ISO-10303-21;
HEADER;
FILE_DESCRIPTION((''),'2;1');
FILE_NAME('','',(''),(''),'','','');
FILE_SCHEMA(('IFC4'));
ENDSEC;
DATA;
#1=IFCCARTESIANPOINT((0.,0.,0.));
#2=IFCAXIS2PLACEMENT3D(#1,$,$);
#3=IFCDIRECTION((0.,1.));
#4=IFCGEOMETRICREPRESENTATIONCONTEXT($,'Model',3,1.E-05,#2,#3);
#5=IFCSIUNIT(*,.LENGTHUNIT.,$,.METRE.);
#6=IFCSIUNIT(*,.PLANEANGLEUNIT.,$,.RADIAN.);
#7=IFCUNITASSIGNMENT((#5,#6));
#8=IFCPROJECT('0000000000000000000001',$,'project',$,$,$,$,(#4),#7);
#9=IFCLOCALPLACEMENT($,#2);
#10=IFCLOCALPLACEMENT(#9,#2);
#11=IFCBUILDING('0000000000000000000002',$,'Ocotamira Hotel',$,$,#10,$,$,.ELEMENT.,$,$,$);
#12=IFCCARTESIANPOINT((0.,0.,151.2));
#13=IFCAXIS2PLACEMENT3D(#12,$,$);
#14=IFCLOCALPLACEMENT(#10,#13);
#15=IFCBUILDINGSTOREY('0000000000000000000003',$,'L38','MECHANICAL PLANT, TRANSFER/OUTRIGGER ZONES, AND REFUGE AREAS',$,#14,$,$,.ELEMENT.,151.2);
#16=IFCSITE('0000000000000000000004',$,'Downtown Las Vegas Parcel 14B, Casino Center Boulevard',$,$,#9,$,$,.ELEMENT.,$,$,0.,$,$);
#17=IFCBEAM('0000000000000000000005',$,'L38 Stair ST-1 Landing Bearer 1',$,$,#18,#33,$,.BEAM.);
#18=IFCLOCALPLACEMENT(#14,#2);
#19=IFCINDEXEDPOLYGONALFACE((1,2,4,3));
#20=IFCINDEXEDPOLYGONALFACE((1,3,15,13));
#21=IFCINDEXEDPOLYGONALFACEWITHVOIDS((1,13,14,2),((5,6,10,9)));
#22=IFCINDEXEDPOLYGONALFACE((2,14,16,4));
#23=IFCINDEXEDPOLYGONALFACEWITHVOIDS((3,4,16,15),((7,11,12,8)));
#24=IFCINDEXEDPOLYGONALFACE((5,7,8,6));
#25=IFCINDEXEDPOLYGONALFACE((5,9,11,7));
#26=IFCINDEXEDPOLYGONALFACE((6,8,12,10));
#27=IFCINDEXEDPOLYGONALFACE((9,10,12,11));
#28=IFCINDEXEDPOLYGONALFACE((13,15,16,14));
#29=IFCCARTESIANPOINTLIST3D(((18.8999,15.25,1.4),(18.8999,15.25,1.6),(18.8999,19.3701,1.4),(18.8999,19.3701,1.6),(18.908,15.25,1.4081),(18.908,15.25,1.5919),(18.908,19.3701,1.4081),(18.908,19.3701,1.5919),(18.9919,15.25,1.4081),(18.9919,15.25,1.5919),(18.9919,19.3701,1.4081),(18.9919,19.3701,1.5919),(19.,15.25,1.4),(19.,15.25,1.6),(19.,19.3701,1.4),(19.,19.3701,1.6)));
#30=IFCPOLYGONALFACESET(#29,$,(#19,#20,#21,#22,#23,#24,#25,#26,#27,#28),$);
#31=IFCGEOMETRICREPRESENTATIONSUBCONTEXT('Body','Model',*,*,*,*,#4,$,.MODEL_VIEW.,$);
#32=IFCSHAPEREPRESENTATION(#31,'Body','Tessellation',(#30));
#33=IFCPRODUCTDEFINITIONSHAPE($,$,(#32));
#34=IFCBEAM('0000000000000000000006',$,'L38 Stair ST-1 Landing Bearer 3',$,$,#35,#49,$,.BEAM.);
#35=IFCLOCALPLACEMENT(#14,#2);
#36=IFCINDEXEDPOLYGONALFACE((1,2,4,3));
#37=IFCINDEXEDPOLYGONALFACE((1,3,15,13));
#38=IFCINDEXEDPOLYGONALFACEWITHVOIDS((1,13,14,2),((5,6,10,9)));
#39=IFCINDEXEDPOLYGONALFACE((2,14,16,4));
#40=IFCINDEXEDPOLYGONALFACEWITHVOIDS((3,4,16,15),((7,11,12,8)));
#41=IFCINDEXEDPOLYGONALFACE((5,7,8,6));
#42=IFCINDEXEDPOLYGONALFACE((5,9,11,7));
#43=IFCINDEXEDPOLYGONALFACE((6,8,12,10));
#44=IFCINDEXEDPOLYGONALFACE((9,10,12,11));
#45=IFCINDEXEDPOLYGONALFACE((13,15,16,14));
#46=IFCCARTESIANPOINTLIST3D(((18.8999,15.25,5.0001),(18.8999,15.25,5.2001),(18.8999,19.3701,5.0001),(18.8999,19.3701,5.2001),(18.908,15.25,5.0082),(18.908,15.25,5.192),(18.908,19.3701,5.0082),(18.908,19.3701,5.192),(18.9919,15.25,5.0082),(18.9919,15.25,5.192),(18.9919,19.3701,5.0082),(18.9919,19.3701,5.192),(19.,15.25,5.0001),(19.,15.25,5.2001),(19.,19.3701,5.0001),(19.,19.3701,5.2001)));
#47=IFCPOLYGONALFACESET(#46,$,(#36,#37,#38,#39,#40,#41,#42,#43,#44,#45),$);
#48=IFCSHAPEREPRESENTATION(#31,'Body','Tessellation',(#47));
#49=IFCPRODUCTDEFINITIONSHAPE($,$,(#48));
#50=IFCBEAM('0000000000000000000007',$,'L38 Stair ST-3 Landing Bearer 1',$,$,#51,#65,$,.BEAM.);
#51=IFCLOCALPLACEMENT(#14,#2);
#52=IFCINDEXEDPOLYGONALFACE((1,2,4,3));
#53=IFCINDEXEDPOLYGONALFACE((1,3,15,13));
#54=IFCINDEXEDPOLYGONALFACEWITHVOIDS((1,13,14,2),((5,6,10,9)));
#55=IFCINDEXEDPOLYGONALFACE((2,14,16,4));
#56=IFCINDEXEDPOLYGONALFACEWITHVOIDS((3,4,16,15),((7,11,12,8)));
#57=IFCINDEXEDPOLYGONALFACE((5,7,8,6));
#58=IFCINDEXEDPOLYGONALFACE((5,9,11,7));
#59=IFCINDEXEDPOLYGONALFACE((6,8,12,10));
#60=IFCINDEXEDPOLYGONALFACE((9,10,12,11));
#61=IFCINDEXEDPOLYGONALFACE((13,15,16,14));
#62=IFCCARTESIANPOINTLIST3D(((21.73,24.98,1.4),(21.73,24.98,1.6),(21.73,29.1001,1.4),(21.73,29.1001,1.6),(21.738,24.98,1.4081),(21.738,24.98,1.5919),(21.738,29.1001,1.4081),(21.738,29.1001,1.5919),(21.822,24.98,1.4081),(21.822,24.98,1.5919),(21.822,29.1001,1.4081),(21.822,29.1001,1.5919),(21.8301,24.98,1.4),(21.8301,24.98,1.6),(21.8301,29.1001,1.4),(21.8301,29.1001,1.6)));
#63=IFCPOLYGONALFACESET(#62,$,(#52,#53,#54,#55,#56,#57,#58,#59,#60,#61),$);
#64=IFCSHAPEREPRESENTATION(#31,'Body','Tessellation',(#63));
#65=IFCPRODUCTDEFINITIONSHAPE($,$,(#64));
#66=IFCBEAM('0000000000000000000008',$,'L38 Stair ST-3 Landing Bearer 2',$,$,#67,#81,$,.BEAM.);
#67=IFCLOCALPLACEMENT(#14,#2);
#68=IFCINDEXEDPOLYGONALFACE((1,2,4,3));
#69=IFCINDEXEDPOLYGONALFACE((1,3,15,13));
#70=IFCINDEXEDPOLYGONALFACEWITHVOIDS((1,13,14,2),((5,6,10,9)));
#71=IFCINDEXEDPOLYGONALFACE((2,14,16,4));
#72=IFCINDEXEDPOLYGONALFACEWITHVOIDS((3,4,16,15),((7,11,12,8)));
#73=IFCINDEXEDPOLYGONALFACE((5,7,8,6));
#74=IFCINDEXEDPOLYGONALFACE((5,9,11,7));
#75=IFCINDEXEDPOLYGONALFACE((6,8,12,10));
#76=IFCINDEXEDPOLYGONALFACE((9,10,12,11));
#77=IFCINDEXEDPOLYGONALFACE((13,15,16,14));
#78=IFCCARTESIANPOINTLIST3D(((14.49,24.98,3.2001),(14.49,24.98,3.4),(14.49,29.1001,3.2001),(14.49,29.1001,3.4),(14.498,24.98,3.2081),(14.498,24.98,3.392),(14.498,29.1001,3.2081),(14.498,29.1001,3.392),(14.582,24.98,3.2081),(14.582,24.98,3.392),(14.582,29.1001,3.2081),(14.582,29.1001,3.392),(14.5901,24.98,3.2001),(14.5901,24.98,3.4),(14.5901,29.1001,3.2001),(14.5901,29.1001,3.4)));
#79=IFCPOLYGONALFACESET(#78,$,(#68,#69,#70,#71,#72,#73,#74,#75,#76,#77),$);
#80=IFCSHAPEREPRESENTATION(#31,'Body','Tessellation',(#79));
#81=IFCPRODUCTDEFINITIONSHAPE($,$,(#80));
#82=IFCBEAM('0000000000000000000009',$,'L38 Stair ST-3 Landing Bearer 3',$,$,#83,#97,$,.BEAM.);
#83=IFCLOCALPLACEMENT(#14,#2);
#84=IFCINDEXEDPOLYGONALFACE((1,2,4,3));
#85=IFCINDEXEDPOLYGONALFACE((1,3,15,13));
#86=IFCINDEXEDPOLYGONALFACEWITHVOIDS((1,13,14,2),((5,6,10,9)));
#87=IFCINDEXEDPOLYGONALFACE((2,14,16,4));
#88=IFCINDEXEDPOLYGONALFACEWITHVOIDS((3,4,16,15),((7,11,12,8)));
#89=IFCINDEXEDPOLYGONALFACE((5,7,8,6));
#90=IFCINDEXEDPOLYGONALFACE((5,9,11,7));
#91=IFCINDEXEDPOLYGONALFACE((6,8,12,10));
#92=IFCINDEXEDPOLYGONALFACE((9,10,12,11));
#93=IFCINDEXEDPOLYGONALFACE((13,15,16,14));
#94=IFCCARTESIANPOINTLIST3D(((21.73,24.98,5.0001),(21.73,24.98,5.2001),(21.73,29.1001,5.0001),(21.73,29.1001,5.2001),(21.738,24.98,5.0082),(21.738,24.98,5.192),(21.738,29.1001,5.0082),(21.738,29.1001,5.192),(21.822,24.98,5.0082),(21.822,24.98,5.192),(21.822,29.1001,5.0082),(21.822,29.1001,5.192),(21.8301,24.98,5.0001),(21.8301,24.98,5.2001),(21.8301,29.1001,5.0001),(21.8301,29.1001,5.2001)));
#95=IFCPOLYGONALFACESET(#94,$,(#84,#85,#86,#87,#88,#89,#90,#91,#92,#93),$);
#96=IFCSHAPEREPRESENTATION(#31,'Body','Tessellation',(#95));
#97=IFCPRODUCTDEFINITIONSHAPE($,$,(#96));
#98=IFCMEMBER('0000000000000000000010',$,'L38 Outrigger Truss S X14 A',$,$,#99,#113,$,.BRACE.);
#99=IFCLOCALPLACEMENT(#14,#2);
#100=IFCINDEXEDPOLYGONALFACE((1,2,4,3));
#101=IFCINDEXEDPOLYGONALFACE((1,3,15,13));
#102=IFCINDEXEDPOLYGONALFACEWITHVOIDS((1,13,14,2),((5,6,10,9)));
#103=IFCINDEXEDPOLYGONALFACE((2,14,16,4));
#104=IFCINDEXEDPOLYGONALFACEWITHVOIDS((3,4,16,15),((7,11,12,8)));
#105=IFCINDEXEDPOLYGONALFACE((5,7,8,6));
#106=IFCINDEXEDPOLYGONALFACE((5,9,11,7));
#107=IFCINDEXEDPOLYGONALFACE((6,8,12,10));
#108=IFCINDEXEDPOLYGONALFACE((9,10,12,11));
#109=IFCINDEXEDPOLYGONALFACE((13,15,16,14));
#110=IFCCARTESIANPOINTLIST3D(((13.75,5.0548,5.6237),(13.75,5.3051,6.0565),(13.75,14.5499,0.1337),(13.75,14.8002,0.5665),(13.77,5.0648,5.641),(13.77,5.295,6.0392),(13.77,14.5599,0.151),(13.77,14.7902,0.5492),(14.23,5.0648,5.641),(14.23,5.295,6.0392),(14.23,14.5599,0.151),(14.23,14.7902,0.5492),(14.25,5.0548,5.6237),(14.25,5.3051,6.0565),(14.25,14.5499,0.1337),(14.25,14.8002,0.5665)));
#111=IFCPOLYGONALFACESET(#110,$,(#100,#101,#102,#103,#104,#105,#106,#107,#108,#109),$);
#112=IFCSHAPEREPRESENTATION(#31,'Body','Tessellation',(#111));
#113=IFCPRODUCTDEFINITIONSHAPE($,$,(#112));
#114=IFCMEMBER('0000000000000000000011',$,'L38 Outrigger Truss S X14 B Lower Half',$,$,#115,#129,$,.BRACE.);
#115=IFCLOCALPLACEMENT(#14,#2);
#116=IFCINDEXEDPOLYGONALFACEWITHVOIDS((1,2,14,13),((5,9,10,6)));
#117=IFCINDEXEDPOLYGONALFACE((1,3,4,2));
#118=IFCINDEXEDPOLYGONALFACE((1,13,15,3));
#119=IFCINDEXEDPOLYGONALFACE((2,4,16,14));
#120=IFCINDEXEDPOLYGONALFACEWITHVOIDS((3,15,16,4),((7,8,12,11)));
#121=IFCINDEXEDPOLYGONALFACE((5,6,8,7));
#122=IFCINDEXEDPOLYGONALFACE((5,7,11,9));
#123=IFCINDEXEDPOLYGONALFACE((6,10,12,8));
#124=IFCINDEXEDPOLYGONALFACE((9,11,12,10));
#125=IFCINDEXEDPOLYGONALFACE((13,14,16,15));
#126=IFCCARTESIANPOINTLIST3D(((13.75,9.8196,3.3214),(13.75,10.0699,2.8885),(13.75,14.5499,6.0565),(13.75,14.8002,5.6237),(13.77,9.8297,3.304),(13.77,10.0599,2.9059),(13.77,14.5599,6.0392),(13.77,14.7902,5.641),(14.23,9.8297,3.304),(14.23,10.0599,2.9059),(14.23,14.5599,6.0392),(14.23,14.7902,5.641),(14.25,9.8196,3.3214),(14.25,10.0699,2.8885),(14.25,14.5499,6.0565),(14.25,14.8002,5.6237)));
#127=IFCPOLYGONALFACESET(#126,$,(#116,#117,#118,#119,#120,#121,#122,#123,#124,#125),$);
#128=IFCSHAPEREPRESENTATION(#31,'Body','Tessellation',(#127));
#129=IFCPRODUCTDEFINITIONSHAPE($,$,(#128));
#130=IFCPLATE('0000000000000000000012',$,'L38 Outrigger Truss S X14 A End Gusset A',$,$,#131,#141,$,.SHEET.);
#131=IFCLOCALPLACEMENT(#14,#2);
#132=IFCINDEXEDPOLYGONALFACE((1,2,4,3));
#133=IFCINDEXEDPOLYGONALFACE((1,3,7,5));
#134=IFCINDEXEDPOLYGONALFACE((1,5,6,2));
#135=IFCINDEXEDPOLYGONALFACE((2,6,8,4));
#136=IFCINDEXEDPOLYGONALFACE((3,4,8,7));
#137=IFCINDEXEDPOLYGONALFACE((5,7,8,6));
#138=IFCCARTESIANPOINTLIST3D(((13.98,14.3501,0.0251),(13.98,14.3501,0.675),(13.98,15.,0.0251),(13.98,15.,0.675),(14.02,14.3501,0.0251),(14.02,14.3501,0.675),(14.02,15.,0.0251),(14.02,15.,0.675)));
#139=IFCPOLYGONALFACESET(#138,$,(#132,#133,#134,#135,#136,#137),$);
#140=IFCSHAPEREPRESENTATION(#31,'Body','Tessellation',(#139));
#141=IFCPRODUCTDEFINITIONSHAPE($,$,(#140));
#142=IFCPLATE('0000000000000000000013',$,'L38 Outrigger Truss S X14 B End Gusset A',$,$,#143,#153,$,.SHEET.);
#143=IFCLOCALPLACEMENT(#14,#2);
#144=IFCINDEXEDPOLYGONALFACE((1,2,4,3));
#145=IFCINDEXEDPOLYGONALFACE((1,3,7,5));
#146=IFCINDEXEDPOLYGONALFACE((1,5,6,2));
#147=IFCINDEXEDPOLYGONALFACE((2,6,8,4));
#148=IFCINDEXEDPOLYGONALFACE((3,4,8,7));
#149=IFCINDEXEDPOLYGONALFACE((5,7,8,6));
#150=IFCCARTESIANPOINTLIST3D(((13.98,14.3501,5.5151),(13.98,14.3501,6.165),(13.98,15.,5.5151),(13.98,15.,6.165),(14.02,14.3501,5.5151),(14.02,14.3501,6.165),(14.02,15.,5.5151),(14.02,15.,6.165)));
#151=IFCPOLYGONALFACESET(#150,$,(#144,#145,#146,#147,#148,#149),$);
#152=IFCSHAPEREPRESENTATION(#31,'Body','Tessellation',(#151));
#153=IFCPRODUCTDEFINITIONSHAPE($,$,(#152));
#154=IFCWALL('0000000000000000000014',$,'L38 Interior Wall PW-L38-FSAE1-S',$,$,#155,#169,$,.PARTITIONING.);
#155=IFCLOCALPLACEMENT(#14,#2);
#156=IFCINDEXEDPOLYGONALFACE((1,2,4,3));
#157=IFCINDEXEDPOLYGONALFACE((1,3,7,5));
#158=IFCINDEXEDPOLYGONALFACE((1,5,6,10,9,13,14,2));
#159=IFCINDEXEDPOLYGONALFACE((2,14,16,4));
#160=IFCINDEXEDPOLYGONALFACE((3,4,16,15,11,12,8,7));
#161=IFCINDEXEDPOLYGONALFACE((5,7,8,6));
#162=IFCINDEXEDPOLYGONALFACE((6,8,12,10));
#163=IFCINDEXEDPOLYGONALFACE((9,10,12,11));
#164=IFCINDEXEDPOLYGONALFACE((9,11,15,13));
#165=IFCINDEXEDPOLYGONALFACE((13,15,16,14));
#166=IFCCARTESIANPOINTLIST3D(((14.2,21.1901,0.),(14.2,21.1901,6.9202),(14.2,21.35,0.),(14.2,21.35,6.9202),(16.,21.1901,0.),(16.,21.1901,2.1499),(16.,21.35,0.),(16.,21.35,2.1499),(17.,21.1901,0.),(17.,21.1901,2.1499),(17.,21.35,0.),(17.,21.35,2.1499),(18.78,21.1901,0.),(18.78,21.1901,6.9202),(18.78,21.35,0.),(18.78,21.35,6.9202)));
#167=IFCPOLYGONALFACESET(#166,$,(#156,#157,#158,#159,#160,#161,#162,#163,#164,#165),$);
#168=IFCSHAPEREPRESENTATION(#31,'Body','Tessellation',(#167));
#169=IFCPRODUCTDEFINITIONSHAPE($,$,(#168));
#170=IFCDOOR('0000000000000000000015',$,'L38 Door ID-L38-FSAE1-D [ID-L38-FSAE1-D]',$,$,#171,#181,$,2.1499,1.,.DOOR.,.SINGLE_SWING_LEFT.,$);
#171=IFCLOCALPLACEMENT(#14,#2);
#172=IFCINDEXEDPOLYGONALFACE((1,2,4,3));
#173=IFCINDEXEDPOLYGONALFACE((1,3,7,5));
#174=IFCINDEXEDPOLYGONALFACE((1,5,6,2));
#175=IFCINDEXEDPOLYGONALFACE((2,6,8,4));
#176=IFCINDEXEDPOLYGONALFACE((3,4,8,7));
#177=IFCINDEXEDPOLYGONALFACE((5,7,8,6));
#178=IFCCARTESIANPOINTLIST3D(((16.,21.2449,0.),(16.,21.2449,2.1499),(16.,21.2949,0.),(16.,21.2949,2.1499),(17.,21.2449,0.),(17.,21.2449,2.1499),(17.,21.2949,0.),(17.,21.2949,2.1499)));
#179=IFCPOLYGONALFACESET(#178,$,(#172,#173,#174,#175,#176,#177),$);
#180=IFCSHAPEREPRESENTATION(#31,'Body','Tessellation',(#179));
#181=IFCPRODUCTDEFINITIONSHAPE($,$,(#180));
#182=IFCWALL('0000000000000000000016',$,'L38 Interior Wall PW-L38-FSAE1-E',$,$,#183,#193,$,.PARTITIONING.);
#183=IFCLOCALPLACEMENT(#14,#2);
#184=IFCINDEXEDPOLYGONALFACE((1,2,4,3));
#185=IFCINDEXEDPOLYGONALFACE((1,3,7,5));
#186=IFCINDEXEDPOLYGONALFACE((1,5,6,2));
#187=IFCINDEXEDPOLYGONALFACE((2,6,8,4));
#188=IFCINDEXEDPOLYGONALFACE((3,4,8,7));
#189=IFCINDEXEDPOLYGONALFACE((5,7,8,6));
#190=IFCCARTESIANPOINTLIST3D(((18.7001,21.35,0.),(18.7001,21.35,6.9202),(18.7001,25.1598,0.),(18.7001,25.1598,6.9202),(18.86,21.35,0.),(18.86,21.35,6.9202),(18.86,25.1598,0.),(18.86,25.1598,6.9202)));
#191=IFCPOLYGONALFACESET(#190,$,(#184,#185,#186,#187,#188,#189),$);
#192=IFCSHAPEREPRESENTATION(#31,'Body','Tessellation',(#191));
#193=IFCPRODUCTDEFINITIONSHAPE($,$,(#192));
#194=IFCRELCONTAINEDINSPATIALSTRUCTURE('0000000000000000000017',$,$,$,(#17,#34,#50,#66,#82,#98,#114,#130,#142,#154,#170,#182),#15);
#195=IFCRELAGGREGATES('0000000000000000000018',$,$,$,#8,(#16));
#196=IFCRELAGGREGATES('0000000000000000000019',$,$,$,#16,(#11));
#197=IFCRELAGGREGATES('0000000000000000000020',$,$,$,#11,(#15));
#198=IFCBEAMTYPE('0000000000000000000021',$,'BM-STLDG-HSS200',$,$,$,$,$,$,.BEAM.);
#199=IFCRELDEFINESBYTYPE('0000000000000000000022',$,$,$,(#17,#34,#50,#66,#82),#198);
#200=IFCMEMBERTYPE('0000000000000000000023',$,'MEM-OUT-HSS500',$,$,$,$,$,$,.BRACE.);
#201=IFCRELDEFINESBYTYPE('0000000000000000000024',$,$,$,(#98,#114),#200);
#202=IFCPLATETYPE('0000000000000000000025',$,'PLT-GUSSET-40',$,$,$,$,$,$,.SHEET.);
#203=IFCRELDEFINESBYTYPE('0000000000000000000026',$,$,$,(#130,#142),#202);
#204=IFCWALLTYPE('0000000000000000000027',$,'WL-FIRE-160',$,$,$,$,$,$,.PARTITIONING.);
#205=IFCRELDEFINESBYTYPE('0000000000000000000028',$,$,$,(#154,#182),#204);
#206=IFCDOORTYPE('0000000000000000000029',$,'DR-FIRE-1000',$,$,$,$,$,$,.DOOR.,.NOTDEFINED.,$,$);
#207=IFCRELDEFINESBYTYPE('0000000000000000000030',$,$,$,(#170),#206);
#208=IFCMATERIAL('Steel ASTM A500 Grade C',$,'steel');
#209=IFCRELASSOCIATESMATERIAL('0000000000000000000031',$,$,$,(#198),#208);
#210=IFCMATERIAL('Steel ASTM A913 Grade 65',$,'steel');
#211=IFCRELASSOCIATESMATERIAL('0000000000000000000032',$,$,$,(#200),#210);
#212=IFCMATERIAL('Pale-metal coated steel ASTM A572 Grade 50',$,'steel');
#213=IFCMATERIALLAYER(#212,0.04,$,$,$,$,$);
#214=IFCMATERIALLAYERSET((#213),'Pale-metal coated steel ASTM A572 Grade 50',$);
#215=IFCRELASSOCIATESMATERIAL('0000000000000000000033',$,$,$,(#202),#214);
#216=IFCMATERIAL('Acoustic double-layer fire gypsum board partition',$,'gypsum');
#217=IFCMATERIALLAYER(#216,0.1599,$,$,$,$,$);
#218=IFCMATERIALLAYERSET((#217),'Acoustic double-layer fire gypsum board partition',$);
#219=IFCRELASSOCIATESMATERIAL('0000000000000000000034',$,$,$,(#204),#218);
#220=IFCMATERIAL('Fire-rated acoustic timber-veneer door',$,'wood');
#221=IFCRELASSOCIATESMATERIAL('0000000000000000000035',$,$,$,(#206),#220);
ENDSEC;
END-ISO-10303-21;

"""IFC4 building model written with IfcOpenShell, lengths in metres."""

from ifc_helpers import new_model, si_unit, direction, frame, frame_2d, origin, origin_2d, place, context, subcontext, project, spatial, rectangle, hollow_rectangle, extrude, source, transform, mapped, material, layer, layer_set, material_profile, profile_set, type_object, element, fill, save


model = new_model("IFC4")

# Units and contexts
model_context = context("Model", 3, precision=1e-05, world=origin(), true_north=direction((0.0, 1.0)))
body_context = subcontext(model_context, "Body", "Model", "MODEL_VIEW")
ifc_project = project(units=[si_unit("LENGTHUNIT", "METRE"), si_unit("PLANEANGLEUNIT", "RADIAN")], contexts=[model_context])

# Site, building, storey
site_placement = place(None, origin())
site = spatial("IfcSite", under=ifc_project, at=site_placement, Name="Downtown Las Vegas Parcel 14B, Casino Center Boulevard", CompositionType="ELEMENT", RefElevation=0.0)
building_placement = place(site_placement, origin())
building = spatial("IfcBuilding", under=site, at=building_placement, Name="Ocotamira Hotel", CompositionType="ELEMENT")
storey_placement = place(building_placement, frame((0.0, 0.0, 151.2)))
storey = spatial("IfcBuildingStorey", under=building, at=storey_placement, Name="L38", Description="MECHANICAL PLANT, TRANSFER/OUTRIGGER ZONES, AND REFUGE AREAS", CompositionType="ELEMENT", Elevation=151.2)

# Beams
ifc_material_1 = material(Name="Steel ASTM A500 Grade C", Category="steel")
ifc_material_profile_1 = material_profile(ifc_material_1, hollow_rectangle(XDim=0.1001, YDim=0.2, WallThickness=0.0081, at=origin_2d()), Name="HSS200X100X8")
ifc_profile_set_1 = profile_set([ifc_material_profile_1], Name="Steel ASTM A500 Grade C")
beam_type = type_object("IfcBeamType", Name="BM-STLDG-HSS200", PredefinedType="BEAM", material=ifc_profile_set_1)
shared_shape_1 = source(origin(), body_context, "Body", "SweptSolid", [
    extrude(hollow_rectangle(XDim=0.1001, YDim=0.2, WallThickness=0.0081, at=origin_2d()), origin(), (0.0, 0.0, 1.0), 4.1201),
])
for number, where, z_axis, x_axis, name in (
    (1, (18.95, 15.25, 1.5), (0.0, 1.0, 0.0), (-1.0, 0.0, 0.0), "L38 Stair ST-1 Landing Bearer 1"),
    (2, (18.95, 15.25, 5.1001), (0.0, 1.0, 0.0), (-1.0, 0.0, 0.0), "L38 Stair ST-1 Landing Bearer 3"),
    (3, (21.78, 24.98, 1.5), (0.0, 1.0, 0.0), (-1.0, 0.0, 0.0), "L38 Stair ST-3 Landing Bearer 1"),
    (4, (14.54, 24.98, 3.3), (0.0, 1.0, 0.0), (-1.0, 0.0, 0.0), "L38 Stair ST-3 Landing Bearer 2"),
    (5, (21.78, 24.98, 5.1001), (0.0, 1.0, 0.0), (-1.0, 0.0, 0.0), "L38 Stair ST-3 Landing Bearer 3"),
):
    element("IfcBeam", number, at=place(storey_placement, frame(where, z_axis=z_axis, x_axis=x_axis)), inside=storey, type_object=beam_type, Name=name, PredefinedType="BEAM", context=body_context, shape_type="MappedRepresentation", body=[
        mapped(shared_shape_1, transform((0.0, 0.0, 0.0), scale=1.0)),
    ])

# Members
ifc_material_2 = material(Name="Steel ASTM A913 Grade 65", Category="steel")
ifc_material_profile_2 = material_profile(ifc_material_2, hollow_rectangle(XDim=0.5, YDim=0.5, WallThickness=0.02, at=origin_2d()), Name="HSS500X500X20")
ifc_profile_set_2 = profile_set([ifc_material_profile_2], Name="Steel ASTM A913 Grade 65")
member_type = type_object("IfcMemberType", Name="MEM-OUT-HSS500", PredefinedType="BRACE", material=ifc_profile_set_2)
shared_shape_2 = source(origin(), body_context, "Body", "SweptSolid", [
    extrude(hollow_rectangle(XDim=0.5, YDim=0.5, WallThickness=0.02, at=origin_2d()), origin(), (0.0, 0.0, 1.0), 10.968),
])
member_1_placement = place(storey_placement, frame((14.0, 14.675, 0.3501), z_axis=(0.0, -0.86571, 0.500546), x_axis=(1.0, 0.0, 0.0)))
element("IfcMember", 6, at=member_1_placement, inside=storey, type_object=member_type, Name="L38 Outrigger Truss S X14 A", PredefinedType="BRACE", context=body_context, shape_type="MappedRepresentation", body=[
    mapped(shared_shape_2, transform((0.0, 0.0, 0.0), scale=1.0)),
])
shared_shape_3 = source(origin(), body_context, "Body", "SweptSolid", [
    extrude(hollow_rectangle(XDim=0.5, YDim=0.5, WallThickness=0.02, at=origin_2d()), origin(), (0.0, 0.0, 1.0), 5.4641),
])
member_2_placement = place(storey_placement, frame((14.0, 14.675, 5.8401), z_axis=(0.0, -0.865699, -0.500564), x_axis=(1.0, 0.0, 0.0)))
element("IfcMember", 7, at=member_2_placement, inside=storey, type_object=member_type, Name="L38 Outrigger Truss S X14 B Lower Half", PredefinedType="BRACE", context=body_context, shape_type="MappedRepresentation", body=[
    mapped(shared_shape_3, transform((0.0, 0.0, 0.0), scale=1.0)),
])

# Plates
ifc_material_3 = material(Name="Pale-metal coated steel ASTM A572 Grade 50", Category="steel")
ifc_layer_1 = layer(ifc_material_3, 0.04)
ifc_layer_set_1 = layer_set([ifc_layer_1], Name="Pale-metal coated steel ASTM A572 Grade 50")
plate_type = type_object("IfcPlateType", Name="PLT-GUSSET-40", PredefinedType="SHEET", material=ifc_layer_set_1)
shared_shape_4 = source(origin(), body_context, "Body", "SweptSolid", [
    extrude(rectangle(XDim=0.04, YDim=0.6499, at=origin_2d()), origin(), (0.0, 0.0, 1.0), 0.6499),
])
for number, where, z_axis, x_axis, name in (
    (8, (14.0, 14.675, 0.0251), (0.0, 0.0, 1.0), (1.0, 0.0, 0.0), "L38 Outrigger Truss S X14 A End Gusset A"),
    (9, (14.0, 14.675, 5.5151), (0.0, 0.0, 1.0), (1.0, 0.0, 0.0), "L38 Outrigger Truss S X14 B End Gusset A"),
):
    element("IfcPlate", number, at=place(storey_placement, frame(where, z_axis=z_axis, x_axis=x_axis)), inside=storey, type_object=plate_type, Name=name, PredefinedType="SHEET", context=body_context, shape_type="MappedRepresentation", body=[
        mapped(shared_shape_4, transform((0.0, 0.0, 0.0), scale=1.0)),
    ])

# Wall, opening, door
ifc_material_4 = material(Name="Acoustic double-layer fire gypsum board partition", Category="gypsum")
ifc_layer_2 = layer(ifc_material_4, 0.1599)
ifc_layer_set_2 = layer_set([ifc_layer_2], Name="Acoustic double-layer fire gypsum board partition")
wall_type_1 = type_object("IfcWallType", Name="WL-FIRE-160", PredefinedType="PARTITIONING", material=ifc_layer_set_2)
wall_1_placement = place(storey_placement, frame((14.2, 21.27, 0.0), z_axis=(0.0, 0.0, 1.0), x_axis=(1.0, 0.0, 0.0)))
wall_1 = element("IfcWall", 10, at=wall_1_placement, inside=storey, type_object=wall_type_1, Name="L38 Interior Wall PW-L38-FSAE1-S", PredefinedType="PARTITIONING", context=body_context, shape_type="SweptSolid", body=[
    extrude(rectangle(XDim=4.5801, YDim=0.1599, at=frame_2d((2.29, 0.0))), origin(), (0.0, 0.0, 1.0), 6.9202),
])
opening_1_placement = place(wall_1_placement, frame((1.8, 0.0, 0.0)))
opening_1 = element("IfcOpeningElement", 11, at=opening_1_placement, cuts=wall_1, PredefinedType="OPENING", context=body_context, shape_type="SweptSolid", body=[
    extrude(rectangle(XDim=1.0, YDim=2.1499, at=frame_2d((0.5, 1.075))), frame((0.0, 0.0898, 0.0), z_axis=(0.0, -1.0, 0.0), x_axis=(1.0, 0.0, 0.0)), (0.0, 0.0, 1.0), 0.1799),
])
ifc_material_5 = material(Name="Fire-rated acoustic timber-veneer door", Category="wood")
door_type_1 = type_object("IfcDoorType", Name="DR-FIRE-1000", OperationType="NOTDEFINED", PredefinedType="DOOR", material=ifc_material_5)
shared_shape_5 = source(origin(), body_context, "Body", "SweptSolid", [
    extrude(rectangle(XDim=1.0, YDim=2.1499, at=frame_2d((0.5, 1.075))), frame((0.0, 0.0249, 0.0), z_axis=(0.0, -1.0, 0.0), x_axis=(1.0, 0.0, 0.0)), (0.0, 0.0, 1.0), 0.05),
])
door_1_placement = place(opening_1_placement, origin())
door_1 = element("IfcDoor", 12, at=door_1_placement, inside=storey, type_object=door_type_1, Name="L38 Door ID-L38-FSAE1-D [ID-L38-FSAE1-D]", OperationType="SINGLE_SWING_LEFT", OverallHeight=2.1499, OverallWidth=1.0, PredefinedType="DOOR", context=body_context, shape_type="MappedRepresentation", body=[
    mapped(shared_shape_5, transform((0.0, 0.0, 0.0), scale=1.0)),
])
fill(opening_1, door_1)

# Wall
wall_2_placement = place(storey_placement, frame((18.78, 21.3501, 0.0), z_axis=(0.0, 0.0, 1.0), x_axis=(0.0, 1.0, 0.0)))
element("IfcWall", 13, at=wall_2_placement, inside=storey, type_object=wall_type_1, Name="L38 Interior Wall PW-L38-FSAE1-E", PredefinedType="PARTITIONING", context=body_context, shape_type="SweptSolid", body=[
    extrude(rectangle(XDim=3.8098, YDim=0.1599, at=frame_2d((1.9048, 0.0))), origin(), (0.0, 0.0, 1.0), 6.9202),
])

save(model, "model.ifc")
